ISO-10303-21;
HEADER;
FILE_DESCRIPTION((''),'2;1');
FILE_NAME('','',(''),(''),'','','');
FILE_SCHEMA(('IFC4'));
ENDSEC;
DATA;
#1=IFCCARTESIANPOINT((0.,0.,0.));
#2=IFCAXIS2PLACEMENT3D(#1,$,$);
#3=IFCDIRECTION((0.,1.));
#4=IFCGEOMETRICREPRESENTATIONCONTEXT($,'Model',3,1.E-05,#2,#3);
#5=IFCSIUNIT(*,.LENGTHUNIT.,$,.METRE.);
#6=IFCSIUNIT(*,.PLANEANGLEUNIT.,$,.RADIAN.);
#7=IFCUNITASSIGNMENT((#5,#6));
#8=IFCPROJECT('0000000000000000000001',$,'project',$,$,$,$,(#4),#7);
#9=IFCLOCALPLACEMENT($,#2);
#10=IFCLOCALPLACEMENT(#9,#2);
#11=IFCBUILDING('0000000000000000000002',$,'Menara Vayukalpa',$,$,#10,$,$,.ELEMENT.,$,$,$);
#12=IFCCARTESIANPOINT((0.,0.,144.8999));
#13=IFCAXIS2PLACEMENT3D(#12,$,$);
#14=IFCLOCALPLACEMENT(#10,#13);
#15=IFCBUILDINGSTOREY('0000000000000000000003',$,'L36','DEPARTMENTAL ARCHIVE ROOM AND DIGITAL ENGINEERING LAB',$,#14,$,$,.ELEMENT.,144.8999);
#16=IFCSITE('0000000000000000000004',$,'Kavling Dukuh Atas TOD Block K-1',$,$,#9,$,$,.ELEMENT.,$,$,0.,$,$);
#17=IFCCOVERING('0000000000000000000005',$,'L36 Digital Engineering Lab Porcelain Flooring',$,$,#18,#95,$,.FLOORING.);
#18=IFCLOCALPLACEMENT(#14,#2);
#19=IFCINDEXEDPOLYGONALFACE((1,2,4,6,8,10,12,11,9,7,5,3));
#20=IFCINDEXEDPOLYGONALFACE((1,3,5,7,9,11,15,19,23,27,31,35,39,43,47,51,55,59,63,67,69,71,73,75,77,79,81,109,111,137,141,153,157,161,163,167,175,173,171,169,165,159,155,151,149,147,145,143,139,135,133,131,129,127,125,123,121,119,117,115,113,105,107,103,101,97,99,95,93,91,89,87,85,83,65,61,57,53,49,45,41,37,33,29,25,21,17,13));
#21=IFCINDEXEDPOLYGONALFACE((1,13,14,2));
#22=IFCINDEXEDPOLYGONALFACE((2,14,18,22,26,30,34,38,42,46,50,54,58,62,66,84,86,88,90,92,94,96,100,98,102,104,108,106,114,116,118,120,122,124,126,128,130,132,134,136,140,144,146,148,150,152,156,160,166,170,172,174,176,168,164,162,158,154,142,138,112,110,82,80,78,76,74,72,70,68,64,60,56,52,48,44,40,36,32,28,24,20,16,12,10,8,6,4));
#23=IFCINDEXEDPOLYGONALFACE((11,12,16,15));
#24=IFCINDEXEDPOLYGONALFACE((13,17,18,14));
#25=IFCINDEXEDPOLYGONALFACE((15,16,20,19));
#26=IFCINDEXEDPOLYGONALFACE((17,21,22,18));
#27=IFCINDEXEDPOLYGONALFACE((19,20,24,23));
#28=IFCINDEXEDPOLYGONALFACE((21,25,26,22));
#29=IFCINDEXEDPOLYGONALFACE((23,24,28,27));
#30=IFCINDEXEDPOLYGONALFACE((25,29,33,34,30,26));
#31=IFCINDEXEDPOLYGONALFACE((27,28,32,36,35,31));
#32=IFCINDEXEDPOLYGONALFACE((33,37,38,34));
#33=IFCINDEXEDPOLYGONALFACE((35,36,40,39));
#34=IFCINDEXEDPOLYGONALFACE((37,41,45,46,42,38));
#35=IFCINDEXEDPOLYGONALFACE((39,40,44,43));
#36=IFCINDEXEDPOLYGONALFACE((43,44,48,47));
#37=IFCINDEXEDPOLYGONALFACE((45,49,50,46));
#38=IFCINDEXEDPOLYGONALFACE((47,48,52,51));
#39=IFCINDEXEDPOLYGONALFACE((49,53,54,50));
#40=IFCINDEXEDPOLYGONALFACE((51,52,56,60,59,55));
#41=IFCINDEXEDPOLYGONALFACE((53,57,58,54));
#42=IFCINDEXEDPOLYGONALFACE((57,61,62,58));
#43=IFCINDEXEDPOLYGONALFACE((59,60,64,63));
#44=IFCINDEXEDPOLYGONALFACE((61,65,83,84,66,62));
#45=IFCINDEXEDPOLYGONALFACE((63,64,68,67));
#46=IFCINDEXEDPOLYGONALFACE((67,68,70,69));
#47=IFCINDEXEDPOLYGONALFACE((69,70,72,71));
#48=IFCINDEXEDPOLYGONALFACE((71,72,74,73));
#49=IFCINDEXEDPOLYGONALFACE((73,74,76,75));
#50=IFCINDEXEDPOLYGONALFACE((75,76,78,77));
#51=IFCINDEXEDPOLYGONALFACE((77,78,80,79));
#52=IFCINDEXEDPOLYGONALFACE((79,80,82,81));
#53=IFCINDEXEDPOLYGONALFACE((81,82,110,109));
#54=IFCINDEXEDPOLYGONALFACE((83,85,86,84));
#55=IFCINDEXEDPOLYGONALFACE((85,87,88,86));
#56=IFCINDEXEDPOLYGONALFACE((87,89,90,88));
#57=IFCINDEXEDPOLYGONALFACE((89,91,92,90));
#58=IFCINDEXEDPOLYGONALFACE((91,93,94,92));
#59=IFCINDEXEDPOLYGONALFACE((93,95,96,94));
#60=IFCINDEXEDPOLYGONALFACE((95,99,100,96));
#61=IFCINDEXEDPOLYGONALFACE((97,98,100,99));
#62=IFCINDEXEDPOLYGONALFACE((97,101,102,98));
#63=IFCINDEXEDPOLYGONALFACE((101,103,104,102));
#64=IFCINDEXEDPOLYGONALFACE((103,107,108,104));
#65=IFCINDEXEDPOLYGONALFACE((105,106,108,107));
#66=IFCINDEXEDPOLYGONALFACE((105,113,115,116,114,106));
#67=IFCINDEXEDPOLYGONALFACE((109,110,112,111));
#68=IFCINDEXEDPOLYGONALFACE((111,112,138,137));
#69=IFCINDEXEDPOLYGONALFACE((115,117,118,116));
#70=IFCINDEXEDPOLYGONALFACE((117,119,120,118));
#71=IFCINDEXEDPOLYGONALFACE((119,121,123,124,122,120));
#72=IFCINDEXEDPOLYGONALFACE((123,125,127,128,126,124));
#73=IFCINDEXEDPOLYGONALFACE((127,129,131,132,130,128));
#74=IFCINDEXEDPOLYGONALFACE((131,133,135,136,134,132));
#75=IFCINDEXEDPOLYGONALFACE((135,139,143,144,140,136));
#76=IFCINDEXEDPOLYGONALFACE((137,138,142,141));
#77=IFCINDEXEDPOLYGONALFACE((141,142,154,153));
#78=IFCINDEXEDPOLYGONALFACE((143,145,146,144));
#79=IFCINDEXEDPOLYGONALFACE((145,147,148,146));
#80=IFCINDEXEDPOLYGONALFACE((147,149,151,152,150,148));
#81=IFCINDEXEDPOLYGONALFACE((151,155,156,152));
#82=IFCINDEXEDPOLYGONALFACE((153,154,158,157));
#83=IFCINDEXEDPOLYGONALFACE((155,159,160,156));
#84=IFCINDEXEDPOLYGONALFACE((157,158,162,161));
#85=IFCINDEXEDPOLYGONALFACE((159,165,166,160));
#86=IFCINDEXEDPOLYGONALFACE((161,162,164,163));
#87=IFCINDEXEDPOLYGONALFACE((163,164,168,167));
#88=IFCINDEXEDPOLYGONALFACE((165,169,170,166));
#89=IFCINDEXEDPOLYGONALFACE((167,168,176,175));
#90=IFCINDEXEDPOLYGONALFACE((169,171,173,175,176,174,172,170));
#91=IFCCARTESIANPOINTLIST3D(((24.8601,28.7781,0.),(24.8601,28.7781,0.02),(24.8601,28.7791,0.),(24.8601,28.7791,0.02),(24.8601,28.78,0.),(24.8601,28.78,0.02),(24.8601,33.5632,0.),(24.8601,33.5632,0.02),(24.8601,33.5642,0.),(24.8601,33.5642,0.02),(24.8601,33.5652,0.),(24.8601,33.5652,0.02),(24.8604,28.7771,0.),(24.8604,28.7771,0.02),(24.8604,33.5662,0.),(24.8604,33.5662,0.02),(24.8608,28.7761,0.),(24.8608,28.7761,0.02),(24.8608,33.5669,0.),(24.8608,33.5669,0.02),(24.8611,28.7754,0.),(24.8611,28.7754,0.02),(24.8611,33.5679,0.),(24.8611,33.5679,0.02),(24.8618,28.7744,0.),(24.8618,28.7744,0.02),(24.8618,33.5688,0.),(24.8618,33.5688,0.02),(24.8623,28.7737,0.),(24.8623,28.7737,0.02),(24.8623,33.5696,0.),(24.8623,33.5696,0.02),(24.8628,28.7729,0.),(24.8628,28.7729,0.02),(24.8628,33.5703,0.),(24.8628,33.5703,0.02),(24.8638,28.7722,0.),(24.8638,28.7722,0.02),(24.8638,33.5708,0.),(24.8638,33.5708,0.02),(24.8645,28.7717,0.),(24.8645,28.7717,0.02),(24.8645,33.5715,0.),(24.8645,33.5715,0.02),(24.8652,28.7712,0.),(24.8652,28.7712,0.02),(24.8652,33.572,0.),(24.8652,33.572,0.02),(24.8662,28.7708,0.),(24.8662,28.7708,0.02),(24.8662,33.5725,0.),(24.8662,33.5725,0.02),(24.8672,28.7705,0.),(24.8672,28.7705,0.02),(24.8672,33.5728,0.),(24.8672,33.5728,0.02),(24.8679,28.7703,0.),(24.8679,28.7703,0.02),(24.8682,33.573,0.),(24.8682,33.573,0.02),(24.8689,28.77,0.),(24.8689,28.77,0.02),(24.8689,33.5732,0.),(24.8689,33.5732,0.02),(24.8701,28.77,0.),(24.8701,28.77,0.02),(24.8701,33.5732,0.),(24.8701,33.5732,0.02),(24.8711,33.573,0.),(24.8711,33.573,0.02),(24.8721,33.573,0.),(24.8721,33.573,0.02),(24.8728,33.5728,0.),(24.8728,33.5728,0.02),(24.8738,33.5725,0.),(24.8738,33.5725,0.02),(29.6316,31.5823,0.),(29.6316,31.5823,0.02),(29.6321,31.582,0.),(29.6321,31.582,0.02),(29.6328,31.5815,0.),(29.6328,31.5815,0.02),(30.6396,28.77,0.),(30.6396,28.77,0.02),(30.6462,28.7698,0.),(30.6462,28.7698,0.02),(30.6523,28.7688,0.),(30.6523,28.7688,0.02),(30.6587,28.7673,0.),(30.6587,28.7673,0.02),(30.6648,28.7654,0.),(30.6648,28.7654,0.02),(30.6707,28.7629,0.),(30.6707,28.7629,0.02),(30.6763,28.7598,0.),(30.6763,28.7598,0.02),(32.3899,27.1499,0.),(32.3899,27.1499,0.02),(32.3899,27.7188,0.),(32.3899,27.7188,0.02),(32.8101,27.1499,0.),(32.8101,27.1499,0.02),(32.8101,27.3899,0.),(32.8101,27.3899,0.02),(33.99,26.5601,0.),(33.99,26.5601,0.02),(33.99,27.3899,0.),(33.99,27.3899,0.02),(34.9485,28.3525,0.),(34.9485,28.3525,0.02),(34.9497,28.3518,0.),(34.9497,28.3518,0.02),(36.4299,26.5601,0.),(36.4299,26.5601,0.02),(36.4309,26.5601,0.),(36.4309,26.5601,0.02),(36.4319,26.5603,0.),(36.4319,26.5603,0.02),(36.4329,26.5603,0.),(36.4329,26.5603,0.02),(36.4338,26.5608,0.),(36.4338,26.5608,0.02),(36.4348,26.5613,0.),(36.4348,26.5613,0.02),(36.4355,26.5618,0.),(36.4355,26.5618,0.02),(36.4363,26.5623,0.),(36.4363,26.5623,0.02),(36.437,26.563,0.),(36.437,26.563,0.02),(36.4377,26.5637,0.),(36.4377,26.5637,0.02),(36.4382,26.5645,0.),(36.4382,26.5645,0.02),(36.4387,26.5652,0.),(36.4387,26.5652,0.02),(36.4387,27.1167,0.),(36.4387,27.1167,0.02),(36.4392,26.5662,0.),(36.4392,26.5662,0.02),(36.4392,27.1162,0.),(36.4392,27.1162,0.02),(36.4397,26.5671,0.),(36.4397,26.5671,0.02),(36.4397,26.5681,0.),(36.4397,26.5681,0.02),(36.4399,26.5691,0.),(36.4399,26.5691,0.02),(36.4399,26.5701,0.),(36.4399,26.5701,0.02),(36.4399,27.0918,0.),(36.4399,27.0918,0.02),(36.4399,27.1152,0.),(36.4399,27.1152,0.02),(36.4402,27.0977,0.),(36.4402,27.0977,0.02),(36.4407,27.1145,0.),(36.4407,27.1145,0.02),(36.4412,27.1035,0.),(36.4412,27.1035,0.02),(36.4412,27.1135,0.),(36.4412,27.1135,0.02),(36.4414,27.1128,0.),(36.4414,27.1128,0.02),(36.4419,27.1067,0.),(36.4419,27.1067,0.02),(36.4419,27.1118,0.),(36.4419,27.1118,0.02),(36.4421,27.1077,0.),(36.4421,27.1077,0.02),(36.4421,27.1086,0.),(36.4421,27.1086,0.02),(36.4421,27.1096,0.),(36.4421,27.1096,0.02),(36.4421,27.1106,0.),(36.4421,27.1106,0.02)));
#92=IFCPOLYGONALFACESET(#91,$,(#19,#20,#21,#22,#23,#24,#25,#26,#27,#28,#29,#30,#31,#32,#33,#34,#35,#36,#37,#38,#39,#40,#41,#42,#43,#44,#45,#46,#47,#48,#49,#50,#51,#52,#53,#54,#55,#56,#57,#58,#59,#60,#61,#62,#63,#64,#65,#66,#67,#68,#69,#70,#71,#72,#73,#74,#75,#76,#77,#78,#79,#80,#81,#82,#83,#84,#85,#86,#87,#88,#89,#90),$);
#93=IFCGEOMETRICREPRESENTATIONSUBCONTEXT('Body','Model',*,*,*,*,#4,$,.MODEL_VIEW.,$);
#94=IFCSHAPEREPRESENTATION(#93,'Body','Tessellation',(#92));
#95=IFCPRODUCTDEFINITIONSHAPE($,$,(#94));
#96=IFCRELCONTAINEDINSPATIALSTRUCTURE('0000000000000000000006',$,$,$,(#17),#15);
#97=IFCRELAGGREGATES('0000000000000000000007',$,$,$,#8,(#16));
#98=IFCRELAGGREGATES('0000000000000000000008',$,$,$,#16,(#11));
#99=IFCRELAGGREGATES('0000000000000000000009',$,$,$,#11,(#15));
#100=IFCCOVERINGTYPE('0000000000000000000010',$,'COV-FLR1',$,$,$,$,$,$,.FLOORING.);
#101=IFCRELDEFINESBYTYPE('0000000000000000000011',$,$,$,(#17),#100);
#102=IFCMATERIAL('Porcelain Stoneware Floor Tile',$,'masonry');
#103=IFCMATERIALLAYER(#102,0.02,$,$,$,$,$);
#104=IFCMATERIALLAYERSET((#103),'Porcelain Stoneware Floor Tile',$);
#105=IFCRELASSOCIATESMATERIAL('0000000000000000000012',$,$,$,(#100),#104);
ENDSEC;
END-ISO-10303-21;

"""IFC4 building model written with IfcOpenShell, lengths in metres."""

from ifc_helpers import new_model, si_unit, direction, frame, origin, place, context, subcontext, project, spatial, polyline, outline, extrude, material, layer, layer_set, type_object, element, save


model = new_model("IFC4")

# Units and contexts
model_context = context("Model", 3, precision=1e-05, world=origin(), true_north=direction((0.0, 1.0)))
body_context = subcontext(model_context, "Body", "Model", "MODEL_VIEW")
ifc_project = project(units=[si_unit("LENGTHUNIT", "METRE"), si_unit("PLANEANGLEUNIT", "RADIAN")], contexts=[model_context])

# Site, building, storey
site_placement = place(None, origin())
site = spatial("IfcSite", under=ifc_project, at=site_placement, Name="Kavling Dukuh Atas TOD Block K-1", CompositionType="ELEMENT", RefElevation=0.0)
building_placement = place(site_placement, origin())
building = spatial("IfcBuilding", under=site, at=building_placement, Name="Menara Vayukalpa", CompositionType="ELEMENT")
storey_placement = place(building_placement, frame((0.0, 0.0, 144.8999)))
storey = spatial("IfcBuildingStorey", under=building, at=storey_placement, Name="L36", Description="DEPARTMENTAL ARCHIVE ROOM AND DIGITAL ENGINEERING LAB", CompositionType="ELEMENT", Elevation=144.8999)

# Covering
ifc_material_1 = material(Name="Porcelain Stoneware Floor Tile", Category="masonry")
ifc_layer_1 = layer(ifc_material_1, 0.02)
ifc_layer_set_1 = layer_set([ifc_layer_1], Name="Porcelain Stoneware Floor Tile")
covering_type_1 = type_object("IfcCoveringType", Name="COV-FLR1", PredefinedType="FLOORING", material=ifc_layer_set_1)
covering_1_placement = place(storey_placement, origin())
element("IfcCovering", 1, at=covering_1_placement, inside=storey, type_object=covering_type_1, Name="L36 Digital Engineering Lab Porcelain Flooring", PredefinedType="FLOORING", context=body_context, shape_type="SweptSolid", body=[
    extrude(outline(polyline([(32.3899, 27.7188), (30.6763, 28.7598), (30.6707, 28.7629), (30.6648, 28.7654), (30.6587, 28.7673), (30.6523, 28.7688), (30.6462, 28.7698), (30.6396, 28.77), (24.8701, 28.77), (24.8689, 28.77), (24.8679, 28.7703), (24.8672, 28.7705), (24.8662, 28.7708), (24.8652, 28.7712), (24.8645, 28.7717), (24.8638, 28.7722), (24.8628, 28.7729), (24.8623, 28.7737), (24.8618, 28.7744), (24.8611, 28.7754), (24.8608, 28.7761), (24.8604, 28.7771), (24.8601, 28.7781), (24.8601, 28.7791), (24.8601, 28.78), (24.8601, 33.5632), (24.8601, 33.5642), (24.8601, 33.5652), (24.8604, 33.5662), (24.8608, 33.5669), (24.8611, 33.5679), (24.8618, 33.5688), (24.8623, 33.5696), (24.8628, 33.5703), (24.8638, 33.5708), (24.8645, 33.5715), (24.8652, 33.572), (24.8662, 33.5725), (24.8672, 33.5728), (24.8682, 33.573), (24.8689, 33.5732), (24.8701, 33.5732), (24.8711, 33.573), (24.8721, 33.573), (24.8728, 33.5728), (24.8738, 33.5725), (29.6316, 31.5823), (29.6321, 31.582), (29.6328, 31.5815), (34.9485, 28.3525), (34.9497, 28.3518), (36.4387, 27.1167), (36.4392, 27.1162), (36.4399, 27.1152), (36.4407, 27.1145), (36.4412, 27.1135), (36.4414, 27.1128), (36.4419, 27.1118), (36.4421, 27.1106), (36.4421, 27.1096), (36.4421, 27.1086), (36.4421, 27.1077), (36.4419, 27.1067), (36.4412, 27.1035), (36.4402, 27.0977), (36.4399, 27.0918), (36.4399, 26.5701), (36.4399, 26.5691), (36.4397, 26.5681), (36.4397, 26.5671), (36.4392, 26.5662), (36.4387, 26.5652), (36.4382, 26.5645), (36.4377, 26.5637), (36.437, 26.563), (36.4363, 26.5623), (36.4355, 26.5618), (36.4348, 26.5613), (36.4338, 26.5608), (36.4329, 26.5603), (36.4319, 26.5603), (36.4309, 26.5601), (36.4299, 26.5601), (33.99, 26.5601), (33.99, 27.3899), (32.8101, 27.3899), (32.8101, 27.1499), (32.3899, 27.1499), (32.3899, 27.7188)])), origin(), (0.0, 0.0, 1.0), 0.02),
])

save(model, "model.ifc")
